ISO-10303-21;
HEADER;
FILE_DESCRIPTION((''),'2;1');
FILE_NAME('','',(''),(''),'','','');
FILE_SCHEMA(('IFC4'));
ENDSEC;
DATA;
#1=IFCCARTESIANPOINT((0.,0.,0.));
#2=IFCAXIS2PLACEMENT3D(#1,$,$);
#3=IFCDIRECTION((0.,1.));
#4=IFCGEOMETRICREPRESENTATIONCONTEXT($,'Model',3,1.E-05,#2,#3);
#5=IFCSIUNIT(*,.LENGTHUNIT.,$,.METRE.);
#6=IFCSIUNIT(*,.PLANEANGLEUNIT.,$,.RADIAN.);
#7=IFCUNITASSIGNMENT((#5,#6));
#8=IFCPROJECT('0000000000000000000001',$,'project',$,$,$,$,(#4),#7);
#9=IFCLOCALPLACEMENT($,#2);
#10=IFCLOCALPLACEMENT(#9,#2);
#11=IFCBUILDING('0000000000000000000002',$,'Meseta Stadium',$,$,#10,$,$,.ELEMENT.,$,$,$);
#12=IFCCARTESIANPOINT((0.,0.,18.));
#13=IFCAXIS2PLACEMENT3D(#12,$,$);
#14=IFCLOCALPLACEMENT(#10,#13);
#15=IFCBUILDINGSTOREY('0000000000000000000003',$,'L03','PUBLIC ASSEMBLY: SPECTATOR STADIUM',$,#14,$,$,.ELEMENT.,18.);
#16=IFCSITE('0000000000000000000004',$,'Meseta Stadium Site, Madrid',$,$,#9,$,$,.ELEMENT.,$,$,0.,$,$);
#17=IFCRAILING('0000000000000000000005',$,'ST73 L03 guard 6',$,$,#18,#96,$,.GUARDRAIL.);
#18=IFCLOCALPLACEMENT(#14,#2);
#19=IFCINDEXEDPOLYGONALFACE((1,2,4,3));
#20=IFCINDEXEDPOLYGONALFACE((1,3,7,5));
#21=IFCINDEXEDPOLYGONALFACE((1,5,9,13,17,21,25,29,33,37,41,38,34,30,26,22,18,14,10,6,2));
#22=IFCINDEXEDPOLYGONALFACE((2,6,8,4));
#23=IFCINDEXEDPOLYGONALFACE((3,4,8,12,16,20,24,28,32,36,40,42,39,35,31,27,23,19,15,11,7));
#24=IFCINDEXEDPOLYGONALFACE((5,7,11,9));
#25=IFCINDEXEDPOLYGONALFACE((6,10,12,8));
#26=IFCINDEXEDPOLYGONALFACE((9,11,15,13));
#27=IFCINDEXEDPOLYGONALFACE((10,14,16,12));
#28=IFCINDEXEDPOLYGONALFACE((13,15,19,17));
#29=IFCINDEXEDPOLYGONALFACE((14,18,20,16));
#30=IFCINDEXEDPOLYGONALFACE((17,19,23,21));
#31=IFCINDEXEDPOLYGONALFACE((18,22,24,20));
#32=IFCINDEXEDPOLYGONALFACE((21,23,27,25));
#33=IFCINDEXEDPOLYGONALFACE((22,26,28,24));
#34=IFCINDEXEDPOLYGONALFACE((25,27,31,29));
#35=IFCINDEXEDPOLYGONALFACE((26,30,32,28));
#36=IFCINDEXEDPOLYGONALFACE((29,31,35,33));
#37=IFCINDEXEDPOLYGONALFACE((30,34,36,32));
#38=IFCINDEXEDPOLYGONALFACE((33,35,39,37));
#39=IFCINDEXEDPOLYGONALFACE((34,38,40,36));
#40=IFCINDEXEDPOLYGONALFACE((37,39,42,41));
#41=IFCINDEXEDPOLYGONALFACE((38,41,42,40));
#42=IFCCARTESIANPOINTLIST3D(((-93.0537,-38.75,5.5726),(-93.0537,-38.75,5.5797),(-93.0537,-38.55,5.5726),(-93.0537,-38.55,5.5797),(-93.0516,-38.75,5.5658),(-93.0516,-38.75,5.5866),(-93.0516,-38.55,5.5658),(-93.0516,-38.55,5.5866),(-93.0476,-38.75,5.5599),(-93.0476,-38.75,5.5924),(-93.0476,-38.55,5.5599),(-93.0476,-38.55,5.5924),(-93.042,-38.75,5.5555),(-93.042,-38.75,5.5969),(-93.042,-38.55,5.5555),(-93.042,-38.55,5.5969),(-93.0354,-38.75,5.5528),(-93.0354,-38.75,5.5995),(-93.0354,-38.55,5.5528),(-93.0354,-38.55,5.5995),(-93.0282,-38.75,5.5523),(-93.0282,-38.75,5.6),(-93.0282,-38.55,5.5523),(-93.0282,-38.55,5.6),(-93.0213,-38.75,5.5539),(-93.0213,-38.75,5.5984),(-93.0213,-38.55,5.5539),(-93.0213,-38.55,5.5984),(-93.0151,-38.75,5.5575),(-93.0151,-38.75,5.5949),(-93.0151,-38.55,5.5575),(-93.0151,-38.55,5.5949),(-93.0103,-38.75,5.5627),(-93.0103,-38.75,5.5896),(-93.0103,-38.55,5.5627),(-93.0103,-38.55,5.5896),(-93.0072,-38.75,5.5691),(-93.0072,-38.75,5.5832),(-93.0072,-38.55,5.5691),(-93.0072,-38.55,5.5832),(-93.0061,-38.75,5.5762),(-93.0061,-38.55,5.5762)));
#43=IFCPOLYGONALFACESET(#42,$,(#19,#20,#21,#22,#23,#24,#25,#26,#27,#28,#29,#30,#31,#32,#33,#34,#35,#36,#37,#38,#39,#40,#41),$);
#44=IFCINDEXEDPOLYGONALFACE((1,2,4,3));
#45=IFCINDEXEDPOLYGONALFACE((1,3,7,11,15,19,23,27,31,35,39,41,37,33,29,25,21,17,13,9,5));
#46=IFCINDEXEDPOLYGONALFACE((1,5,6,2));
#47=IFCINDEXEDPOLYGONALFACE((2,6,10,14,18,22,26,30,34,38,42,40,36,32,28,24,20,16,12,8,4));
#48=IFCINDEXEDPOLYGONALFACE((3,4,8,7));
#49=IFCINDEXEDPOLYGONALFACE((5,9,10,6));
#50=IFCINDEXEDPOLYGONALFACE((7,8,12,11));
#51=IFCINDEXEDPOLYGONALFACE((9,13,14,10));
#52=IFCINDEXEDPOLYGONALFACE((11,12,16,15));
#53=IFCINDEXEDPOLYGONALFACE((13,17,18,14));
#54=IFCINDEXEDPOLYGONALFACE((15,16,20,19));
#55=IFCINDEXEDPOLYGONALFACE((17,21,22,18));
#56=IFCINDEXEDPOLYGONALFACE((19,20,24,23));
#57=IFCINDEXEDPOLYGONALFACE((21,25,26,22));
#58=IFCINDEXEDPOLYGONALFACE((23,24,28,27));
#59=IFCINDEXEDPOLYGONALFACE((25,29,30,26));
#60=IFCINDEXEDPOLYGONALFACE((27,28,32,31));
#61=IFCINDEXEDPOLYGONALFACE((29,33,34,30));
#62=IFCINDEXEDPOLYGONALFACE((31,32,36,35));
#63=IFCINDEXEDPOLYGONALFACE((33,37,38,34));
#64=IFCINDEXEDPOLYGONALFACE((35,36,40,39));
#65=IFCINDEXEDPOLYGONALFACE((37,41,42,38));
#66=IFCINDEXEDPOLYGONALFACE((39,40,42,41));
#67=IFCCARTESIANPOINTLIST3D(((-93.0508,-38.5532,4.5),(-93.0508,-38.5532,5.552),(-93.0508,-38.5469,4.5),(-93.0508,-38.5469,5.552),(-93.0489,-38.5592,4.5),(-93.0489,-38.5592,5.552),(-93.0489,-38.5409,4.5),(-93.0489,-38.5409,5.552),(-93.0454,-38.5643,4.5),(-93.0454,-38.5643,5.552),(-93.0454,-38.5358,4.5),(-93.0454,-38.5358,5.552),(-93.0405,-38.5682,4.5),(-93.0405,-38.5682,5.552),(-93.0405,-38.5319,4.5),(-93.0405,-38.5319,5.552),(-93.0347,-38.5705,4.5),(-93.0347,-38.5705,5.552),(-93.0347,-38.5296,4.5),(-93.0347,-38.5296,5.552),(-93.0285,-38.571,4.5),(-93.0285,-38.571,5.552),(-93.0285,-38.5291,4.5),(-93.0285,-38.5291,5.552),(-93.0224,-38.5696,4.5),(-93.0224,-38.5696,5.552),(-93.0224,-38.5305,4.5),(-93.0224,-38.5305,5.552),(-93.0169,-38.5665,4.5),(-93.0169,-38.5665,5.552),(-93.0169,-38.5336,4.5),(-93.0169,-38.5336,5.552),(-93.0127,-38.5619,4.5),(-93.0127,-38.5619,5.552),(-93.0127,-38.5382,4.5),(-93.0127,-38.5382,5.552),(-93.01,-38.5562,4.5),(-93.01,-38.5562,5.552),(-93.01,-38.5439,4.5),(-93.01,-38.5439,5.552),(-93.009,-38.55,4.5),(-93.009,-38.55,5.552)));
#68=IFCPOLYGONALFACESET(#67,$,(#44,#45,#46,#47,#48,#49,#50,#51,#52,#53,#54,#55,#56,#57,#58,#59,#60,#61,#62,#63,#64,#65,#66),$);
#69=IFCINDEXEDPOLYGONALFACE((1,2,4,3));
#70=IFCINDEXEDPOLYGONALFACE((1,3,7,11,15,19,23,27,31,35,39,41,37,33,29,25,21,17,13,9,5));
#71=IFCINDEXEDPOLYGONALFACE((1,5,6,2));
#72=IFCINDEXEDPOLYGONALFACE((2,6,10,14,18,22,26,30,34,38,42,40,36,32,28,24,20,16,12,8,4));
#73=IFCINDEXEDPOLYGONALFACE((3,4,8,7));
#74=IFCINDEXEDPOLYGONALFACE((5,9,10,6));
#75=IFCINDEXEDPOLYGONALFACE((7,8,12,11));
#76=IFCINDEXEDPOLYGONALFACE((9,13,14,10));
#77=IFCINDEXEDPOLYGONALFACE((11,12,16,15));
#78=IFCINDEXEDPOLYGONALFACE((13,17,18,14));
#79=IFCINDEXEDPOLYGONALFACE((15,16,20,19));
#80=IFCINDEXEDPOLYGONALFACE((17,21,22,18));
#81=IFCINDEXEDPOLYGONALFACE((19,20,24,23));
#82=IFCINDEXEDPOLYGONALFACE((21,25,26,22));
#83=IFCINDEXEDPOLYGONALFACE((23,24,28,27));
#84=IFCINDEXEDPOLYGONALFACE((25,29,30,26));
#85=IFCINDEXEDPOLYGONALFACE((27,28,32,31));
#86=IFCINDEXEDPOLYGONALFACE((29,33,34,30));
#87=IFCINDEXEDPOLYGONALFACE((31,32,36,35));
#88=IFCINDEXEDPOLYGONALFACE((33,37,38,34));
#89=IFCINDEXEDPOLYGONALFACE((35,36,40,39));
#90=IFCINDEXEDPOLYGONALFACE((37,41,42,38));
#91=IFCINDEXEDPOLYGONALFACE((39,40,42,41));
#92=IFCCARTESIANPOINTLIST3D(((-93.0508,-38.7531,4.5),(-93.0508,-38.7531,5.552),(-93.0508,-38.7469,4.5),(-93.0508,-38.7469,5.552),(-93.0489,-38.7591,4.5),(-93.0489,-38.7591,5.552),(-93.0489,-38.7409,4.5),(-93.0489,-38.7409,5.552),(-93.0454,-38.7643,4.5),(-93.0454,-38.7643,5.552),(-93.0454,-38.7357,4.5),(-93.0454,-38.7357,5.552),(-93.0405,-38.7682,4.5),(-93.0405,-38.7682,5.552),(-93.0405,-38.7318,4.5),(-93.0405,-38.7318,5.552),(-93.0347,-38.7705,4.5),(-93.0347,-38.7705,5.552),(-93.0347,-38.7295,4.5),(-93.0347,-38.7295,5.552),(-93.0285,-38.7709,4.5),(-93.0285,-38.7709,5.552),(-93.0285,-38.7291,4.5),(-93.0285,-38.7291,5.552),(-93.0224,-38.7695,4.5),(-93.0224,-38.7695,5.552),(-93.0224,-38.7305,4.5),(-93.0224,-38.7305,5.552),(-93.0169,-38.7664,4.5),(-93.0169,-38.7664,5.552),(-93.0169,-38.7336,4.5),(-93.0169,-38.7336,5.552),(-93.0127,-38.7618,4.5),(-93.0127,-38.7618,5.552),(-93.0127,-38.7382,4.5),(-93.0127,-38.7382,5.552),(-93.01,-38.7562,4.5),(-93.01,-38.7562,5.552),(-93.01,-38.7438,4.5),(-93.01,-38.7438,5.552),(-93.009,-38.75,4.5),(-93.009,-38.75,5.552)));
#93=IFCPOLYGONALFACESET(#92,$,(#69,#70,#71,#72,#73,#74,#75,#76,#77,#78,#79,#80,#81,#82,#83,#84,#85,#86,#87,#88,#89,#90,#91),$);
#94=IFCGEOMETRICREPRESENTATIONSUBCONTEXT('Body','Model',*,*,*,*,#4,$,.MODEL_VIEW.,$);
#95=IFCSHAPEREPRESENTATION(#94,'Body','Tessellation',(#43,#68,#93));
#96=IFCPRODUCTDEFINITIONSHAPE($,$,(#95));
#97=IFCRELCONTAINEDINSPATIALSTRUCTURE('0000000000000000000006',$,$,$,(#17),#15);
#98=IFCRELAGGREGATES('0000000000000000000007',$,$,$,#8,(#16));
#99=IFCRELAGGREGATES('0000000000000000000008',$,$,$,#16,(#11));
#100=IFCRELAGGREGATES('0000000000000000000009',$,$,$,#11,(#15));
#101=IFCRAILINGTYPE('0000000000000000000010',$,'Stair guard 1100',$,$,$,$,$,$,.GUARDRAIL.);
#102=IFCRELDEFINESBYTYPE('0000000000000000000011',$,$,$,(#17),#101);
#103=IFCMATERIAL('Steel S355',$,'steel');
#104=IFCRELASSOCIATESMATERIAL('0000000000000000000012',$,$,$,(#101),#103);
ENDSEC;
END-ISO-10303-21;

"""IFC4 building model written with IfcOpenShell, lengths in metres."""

from ifc_helpers import new_model, si_unit, direction, frame, origin, origin_2d, place, context, subcontext, project, spatial, circle, extrude, material, type_object, element, save


model = new_model("IFC4")

# Units and contexts
model_context = context("Model", 3, precision=1e-05, world=origin(), true_north=direction((0.0, 1.0)))
body_context = subcontext(model_context, "Body", "Model", "MODEL_VIEW")
ifc_project = project(units=[si_unit("LENGTHUNIT", "METRE"), si_unit("PLANEANGLEUNIT", "RADIAN")], contexts=[model_context])

# Site, building, storey
site_placement = place(None, origin())
site = spatial("IfcSite", under=ifc_project, at=site_placement, Name="Meseta Stadium Site, Madrid", CompositionType="ELEMENT", RefElevation=0.0)
building_placement = place(site_placement, origin())
building = spatial("IfcBuilding", under=site, at=building_placement, Name="Meseta Stadium", CompositionType="ELEMENT")
storey_placement = place(building_placement, frame((0.0, 0.0, 18.0)))
storey = spatial("IfcBuildingStorey", under=building, at=storey_placement, Name="L03", Description="PUBLIC ASSEMBLY: SPECTATOR STADIUM", CompositionType="ELEMENT", Elevation=18.0)

# Railing
ifc_material_1 = material(Name="Steel S355", Category="steel")
railing_type_1 = type_object("IfcRailingType", Name="Stair guard 1100", PredefinedType="GUARDRAIL", material=ifc_material_1)
railing_1_placement = place(storey_placement, frame((-93.03, -38.55, 4.5)))
element("IfcRailing", 1, at=railing_1_placement, inside=storey, type_object=railing_type_1, Name="ST73 L03 guard 6", PredefinedType="GUARDRAIL", context=body_context, shape_type="SweptSolid", body=[
    extrude(circle(Radius=0.0239, at=origin_2d()), frame((0.0, 0.0, 1.0762), z_axis=(0.0, -1.0, 0.0), x_axis=(1.0, 0.0, 0.0)), (0.0, 0.0, 1.0), 0.2),
    extrude(circle(Radius=0.021, at=origin_2d()), origin(), (0.0, 0.0, 1.0), 1.052),
    extrude(circle(Radius=0.021, at=origin_2d()), frame((0.0, -0.2, 0.0)), (0.0, 0.0, 1.0), 1.052),
])

save(model, "model.ifc")
